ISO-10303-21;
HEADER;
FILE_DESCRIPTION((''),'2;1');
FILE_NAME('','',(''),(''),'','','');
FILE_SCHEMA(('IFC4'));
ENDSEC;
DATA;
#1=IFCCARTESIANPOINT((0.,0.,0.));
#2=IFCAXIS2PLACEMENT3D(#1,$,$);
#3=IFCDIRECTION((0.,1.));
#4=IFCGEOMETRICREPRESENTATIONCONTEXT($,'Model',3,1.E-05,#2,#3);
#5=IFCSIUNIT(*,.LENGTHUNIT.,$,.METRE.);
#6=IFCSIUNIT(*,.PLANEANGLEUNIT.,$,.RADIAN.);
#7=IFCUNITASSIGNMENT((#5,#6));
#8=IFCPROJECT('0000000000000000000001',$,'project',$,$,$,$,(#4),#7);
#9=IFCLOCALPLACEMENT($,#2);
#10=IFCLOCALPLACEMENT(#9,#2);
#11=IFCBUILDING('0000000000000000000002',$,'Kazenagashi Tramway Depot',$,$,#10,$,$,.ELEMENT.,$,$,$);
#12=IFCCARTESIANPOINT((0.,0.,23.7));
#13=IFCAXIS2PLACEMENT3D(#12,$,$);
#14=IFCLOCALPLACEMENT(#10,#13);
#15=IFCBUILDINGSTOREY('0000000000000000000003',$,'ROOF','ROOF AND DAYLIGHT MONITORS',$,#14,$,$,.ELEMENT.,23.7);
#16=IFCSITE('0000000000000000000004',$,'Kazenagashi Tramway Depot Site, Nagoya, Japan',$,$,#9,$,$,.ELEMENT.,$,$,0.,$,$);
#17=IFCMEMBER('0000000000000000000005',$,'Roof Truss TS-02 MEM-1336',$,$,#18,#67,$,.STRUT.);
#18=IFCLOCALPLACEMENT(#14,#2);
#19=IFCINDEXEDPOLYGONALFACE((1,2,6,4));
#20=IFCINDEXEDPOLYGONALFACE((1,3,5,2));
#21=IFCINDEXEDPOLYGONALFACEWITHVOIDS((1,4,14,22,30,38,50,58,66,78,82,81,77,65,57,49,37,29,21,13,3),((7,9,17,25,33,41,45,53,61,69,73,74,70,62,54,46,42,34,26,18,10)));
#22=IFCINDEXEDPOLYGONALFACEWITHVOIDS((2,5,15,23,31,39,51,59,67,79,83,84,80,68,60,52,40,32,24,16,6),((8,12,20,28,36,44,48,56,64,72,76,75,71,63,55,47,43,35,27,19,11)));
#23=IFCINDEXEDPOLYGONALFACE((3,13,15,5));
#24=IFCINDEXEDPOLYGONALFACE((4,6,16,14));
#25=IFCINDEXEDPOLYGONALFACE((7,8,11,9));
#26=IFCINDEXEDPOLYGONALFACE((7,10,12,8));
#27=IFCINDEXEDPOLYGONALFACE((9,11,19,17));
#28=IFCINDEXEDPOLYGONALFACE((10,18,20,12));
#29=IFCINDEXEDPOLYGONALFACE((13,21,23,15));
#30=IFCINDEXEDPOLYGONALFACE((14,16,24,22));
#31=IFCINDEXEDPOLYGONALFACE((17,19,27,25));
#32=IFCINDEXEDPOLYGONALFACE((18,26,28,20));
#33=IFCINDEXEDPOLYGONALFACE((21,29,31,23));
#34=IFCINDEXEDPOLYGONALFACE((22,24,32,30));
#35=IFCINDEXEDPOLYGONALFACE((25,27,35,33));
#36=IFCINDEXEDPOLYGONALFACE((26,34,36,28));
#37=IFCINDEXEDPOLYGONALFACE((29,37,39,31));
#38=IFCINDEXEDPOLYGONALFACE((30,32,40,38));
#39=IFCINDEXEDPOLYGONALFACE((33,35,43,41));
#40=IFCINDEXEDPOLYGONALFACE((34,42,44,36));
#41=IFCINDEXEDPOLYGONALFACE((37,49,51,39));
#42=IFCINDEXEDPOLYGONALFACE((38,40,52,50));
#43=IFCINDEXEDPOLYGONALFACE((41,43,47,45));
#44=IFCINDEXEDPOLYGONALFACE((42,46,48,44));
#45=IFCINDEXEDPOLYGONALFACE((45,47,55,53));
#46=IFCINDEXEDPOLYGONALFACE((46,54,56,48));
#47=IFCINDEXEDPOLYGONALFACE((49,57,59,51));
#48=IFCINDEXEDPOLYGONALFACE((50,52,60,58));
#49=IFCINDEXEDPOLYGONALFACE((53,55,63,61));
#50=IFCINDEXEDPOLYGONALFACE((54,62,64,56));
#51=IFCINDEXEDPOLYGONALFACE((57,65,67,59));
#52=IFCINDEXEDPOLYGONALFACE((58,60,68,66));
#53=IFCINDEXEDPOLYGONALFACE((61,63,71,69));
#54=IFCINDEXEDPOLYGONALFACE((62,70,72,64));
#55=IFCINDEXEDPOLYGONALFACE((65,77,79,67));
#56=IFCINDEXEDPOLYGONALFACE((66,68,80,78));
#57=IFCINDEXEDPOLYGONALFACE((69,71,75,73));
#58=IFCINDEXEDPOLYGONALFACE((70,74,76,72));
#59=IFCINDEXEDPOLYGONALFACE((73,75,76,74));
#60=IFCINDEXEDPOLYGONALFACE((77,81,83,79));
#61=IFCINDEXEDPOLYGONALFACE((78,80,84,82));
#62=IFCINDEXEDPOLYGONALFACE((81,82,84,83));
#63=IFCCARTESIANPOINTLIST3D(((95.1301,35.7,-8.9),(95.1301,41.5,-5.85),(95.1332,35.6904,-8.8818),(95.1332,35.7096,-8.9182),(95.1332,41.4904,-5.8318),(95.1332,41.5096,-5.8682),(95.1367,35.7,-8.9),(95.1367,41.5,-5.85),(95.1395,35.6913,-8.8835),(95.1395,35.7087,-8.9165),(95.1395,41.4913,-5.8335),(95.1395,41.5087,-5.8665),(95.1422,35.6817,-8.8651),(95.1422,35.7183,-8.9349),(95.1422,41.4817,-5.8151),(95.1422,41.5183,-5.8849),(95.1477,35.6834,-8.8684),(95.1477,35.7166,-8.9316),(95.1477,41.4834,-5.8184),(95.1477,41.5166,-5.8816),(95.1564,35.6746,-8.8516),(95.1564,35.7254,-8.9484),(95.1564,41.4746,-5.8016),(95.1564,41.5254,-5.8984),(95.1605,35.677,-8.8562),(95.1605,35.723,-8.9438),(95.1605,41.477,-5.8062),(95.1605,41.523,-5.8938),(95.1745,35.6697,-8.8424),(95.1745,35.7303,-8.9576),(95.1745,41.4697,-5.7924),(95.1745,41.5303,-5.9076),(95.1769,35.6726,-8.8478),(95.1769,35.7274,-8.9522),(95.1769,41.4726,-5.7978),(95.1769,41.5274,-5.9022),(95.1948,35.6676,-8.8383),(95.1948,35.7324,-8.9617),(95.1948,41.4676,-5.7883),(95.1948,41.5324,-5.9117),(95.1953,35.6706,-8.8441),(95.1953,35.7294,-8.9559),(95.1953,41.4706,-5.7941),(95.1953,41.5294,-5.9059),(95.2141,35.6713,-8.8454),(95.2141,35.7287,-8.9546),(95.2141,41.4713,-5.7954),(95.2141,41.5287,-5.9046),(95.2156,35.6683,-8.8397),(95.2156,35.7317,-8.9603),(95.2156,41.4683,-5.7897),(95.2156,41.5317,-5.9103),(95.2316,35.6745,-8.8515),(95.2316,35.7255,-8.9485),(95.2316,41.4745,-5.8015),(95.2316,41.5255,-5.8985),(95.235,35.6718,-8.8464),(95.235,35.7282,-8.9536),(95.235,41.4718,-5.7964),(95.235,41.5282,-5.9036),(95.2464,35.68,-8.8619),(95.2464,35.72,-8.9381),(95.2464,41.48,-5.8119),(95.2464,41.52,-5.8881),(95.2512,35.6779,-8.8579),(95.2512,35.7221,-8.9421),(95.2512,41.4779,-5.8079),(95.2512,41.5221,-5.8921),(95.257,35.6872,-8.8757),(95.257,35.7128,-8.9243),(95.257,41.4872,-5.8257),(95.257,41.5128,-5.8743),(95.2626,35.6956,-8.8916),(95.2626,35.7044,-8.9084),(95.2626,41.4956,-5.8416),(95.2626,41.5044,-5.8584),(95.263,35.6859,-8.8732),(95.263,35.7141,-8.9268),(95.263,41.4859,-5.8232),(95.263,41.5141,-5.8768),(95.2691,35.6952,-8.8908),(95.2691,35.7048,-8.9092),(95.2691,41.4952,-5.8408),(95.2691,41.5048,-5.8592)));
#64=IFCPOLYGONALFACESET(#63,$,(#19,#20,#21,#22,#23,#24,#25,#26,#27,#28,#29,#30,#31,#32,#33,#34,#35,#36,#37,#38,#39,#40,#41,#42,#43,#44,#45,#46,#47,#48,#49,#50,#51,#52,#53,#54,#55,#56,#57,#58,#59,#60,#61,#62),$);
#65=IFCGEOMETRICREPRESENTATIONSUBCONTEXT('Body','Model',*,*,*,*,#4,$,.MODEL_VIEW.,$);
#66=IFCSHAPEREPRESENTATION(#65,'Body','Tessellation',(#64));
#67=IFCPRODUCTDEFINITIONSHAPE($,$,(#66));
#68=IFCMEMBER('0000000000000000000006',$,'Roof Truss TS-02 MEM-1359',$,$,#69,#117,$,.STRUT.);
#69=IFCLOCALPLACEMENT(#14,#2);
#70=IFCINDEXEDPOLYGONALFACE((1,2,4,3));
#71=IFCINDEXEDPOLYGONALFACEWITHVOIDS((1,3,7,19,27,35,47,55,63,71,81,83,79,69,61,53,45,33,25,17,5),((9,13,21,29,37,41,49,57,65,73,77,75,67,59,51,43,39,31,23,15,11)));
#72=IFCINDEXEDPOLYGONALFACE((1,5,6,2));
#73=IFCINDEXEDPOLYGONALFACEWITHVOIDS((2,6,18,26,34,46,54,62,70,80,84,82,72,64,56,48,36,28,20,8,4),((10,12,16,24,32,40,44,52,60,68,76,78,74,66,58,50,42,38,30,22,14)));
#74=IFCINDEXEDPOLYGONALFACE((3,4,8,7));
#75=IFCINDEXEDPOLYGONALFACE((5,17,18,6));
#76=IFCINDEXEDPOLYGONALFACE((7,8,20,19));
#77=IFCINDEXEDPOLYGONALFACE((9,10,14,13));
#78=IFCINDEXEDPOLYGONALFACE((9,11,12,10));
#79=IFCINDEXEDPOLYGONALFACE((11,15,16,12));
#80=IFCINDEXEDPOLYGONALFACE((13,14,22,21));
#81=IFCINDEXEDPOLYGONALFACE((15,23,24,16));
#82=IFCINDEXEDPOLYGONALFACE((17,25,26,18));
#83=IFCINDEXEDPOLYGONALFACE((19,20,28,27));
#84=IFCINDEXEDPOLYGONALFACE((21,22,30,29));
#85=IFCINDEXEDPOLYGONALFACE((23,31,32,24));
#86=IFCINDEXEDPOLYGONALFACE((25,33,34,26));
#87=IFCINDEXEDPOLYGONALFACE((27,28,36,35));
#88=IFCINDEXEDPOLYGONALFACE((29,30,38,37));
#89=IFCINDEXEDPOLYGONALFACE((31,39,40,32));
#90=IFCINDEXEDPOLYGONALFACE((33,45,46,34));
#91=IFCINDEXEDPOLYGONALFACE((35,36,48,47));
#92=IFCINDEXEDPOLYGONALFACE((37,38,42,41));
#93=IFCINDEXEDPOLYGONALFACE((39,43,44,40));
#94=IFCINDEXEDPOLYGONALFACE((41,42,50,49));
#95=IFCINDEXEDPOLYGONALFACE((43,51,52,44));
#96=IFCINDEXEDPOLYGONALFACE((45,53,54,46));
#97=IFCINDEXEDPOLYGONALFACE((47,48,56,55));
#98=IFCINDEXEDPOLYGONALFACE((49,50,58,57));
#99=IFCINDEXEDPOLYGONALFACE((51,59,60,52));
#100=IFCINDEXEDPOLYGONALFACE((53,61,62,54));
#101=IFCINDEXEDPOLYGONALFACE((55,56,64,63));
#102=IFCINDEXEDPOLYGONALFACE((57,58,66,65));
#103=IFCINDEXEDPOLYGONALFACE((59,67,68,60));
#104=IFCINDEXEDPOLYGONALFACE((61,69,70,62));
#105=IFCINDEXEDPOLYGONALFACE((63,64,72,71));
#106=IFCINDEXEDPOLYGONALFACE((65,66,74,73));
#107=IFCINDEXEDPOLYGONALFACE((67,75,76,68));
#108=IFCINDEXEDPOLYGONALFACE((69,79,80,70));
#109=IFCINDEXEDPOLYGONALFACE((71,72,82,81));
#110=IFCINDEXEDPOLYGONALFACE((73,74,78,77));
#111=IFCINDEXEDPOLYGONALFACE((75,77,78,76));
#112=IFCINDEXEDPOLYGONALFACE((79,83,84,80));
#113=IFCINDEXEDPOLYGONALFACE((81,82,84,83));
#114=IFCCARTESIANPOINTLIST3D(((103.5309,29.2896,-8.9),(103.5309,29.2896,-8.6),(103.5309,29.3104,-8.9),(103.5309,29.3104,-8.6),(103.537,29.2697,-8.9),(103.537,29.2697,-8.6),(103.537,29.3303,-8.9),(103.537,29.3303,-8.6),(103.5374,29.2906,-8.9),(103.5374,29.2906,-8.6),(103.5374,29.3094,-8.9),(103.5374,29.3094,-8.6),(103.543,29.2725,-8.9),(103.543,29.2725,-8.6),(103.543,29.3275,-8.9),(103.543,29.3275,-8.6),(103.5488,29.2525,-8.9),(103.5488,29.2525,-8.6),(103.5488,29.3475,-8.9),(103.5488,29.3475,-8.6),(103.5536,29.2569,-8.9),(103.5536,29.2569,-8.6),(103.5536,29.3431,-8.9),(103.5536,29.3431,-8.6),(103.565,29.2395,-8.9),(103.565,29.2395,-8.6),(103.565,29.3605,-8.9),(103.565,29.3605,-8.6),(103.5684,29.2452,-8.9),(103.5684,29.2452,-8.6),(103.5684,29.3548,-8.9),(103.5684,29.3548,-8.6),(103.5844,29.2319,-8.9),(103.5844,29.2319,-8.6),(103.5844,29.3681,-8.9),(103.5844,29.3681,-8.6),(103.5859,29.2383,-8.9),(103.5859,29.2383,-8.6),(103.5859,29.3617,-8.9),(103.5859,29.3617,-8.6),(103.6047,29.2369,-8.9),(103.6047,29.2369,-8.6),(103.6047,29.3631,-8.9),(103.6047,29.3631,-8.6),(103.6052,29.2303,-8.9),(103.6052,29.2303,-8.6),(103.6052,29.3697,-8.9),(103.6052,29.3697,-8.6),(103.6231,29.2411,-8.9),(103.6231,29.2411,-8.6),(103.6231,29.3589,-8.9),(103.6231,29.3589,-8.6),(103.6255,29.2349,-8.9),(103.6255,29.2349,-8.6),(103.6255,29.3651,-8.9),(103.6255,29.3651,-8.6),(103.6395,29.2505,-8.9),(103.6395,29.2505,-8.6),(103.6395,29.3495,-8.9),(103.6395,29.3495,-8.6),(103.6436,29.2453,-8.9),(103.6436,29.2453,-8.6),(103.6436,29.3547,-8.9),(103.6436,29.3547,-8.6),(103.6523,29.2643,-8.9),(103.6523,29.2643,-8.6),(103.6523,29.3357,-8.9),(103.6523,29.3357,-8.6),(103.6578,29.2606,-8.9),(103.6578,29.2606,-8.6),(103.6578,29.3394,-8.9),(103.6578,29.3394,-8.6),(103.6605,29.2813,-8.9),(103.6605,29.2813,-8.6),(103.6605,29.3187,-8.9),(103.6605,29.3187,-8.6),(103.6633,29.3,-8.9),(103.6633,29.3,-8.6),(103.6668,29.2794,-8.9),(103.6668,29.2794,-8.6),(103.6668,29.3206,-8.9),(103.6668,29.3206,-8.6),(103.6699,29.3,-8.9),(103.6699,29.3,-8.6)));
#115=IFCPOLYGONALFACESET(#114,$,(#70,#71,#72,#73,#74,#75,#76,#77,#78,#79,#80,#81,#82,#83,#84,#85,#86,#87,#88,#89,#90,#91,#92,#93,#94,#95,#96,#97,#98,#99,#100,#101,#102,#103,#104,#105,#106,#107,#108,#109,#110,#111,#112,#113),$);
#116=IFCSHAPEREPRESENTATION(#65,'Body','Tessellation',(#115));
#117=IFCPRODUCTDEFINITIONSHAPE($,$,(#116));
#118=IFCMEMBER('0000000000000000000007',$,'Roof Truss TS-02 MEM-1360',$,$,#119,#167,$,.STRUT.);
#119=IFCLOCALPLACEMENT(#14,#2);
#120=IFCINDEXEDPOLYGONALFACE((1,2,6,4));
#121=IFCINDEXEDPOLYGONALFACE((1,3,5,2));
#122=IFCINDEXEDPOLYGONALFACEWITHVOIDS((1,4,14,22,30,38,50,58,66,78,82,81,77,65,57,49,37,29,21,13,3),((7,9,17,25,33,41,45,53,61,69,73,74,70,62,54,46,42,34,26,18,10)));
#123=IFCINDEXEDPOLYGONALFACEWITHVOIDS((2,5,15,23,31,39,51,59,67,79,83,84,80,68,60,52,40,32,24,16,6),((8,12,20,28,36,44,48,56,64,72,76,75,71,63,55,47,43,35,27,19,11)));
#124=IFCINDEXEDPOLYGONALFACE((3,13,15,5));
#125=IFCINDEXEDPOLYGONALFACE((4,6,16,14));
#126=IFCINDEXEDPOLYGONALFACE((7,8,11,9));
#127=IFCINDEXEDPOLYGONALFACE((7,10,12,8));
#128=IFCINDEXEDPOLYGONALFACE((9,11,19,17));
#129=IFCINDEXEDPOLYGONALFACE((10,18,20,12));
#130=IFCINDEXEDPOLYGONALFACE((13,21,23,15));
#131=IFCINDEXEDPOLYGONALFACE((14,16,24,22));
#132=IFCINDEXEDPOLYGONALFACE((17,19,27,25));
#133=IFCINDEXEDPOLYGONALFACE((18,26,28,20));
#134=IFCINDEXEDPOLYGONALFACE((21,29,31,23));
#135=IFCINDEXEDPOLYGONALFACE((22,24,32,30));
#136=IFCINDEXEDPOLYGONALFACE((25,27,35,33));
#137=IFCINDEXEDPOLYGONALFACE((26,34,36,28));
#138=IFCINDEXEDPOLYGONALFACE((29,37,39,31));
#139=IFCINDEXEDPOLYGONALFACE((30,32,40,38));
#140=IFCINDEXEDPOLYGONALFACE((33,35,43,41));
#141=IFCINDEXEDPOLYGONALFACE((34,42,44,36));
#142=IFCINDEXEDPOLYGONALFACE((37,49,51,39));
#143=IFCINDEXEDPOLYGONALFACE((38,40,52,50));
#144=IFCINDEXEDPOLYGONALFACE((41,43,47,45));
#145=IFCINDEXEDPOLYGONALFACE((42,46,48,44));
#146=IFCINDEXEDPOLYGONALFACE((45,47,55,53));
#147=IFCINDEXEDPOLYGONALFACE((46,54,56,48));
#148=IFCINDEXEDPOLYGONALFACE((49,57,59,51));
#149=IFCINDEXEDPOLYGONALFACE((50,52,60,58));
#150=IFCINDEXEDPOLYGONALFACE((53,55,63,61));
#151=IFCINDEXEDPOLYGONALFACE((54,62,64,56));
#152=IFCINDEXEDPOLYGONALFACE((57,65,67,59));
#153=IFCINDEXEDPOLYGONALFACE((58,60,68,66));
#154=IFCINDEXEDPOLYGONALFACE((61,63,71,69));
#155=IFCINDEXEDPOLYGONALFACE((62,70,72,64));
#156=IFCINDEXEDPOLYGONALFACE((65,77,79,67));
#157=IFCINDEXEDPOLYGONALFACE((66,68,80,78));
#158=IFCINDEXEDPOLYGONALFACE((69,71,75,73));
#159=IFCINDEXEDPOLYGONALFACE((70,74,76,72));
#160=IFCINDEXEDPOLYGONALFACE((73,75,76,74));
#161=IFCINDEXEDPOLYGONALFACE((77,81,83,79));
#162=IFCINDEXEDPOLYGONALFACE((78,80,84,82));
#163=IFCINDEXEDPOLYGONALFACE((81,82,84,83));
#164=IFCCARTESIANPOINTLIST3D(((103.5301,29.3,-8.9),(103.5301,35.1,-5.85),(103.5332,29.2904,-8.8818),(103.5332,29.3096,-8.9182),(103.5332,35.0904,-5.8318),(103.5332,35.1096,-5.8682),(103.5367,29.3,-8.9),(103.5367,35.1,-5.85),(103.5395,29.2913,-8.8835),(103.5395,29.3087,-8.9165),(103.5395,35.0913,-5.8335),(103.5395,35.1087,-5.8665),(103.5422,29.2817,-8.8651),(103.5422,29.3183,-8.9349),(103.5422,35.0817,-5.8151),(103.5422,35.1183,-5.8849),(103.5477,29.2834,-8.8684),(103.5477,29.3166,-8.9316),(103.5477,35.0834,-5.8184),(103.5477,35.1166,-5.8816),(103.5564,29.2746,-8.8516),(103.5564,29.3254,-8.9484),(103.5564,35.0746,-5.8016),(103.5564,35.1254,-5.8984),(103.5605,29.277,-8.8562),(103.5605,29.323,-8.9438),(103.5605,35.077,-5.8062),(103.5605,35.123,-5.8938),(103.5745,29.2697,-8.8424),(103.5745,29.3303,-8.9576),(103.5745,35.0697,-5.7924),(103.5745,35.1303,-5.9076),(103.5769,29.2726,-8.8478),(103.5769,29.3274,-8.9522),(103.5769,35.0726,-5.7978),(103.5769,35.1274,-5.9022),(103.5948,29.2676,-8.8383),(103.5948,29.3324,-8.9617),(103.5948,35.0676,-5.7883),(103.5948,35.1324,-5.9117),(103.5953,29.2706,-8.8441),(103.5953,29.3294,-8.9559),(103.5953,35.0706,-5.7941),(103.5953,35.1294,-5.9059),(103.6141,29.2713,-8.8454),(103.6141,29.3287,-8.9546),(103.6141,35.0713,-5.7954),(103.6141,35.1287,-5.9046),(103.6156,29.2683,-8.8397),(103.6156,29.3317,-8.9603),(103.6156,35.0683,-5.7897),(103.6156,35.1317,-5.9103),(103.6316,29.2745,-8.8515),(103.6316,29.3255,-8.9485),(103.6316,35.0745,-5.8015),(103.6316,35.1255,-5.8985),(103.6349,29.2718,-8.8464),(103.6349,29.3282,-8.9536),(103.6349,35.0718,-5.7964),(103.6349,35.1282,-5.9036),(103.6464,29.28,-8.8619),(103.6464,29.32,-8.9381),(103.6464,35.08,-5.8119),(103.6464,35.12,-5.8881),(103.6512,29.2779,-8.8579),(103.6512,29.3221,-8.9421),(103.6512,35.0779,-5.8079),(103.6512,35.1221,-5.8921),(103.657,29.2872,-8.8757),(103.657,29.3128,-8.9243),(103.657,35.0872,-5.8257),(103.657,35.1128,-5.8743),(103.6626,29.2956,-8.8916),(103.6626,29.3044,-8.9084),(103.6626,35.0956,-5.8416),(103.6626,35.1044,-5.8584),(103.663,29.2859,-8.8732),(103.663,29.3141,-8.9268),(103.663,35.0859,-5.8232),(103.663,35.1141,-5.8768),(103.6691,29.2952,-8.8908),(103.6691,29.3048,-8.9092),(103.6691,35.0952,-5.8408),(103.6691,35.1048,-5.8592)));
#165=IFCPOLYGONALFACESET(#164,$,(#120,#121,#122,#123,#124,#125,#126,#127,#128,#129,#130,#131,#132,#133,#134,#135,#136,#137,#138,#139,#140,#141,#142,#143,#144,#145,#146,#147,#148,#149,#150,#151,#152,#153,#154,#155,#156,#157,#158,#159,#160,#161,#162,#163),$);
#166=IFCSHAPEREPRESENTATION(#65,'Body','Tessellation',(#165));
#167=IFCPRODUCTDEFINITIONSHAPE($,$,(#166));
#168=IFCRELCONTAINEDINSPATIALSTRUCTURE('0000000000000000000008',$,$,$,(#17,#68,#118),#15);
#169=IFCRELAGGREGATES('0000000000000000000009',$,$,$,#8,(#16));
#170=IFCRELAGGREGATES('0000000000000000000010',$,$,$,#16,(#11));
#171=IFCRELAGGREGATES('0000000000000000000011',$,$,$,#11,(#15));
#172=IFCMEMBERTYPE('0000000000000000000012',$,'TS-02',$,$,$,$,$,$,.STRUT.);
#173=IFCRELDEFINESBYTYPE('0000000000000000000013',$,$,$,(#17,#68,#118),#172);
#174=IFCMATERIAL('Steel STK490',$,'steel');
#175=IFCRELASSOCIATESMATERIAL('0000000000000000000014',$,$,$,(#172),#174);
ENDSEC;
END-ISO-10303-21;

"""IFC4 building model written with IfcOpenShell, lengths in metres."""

from ifc_helpers import new_model, si_unit, direction, frame, origin, origin_2d, place, context, subcontext, project, spatial, hollow_circle, extrude, material, material_profile, profile_set, type_object, element, save


model = new_model("IFC4")

# Units and contexts
model_context = context("Model", 3, precision=1e-05, world=origin(), true_north=direction((0.0, 1.0)))
body_context = subcontext(model_context, "Body", "Model", "MODEL_VIEW")
ifc_project = project(units=[si_unit("LENGTHUNIT", "METRE"), si_unit("PLANEANGLEUNIT", "RADIAN")], contexts=[model_context])

# Site, building, storey
site_placement = place(None, origin())
site = spatial("IfcSite", under=ifc_project, at=site_placement, Name="Kazenagashi Tramway Depot Site, Nagoya, Japan", CompositionType="ELEMENT", RefElevation=0.0)
building_placement = place(site_placement, origin())
building = spatial("IfcBuilding", under=site, at=building_placement, Name="Kazenagashi Tramway Depot", CompositionType="ELEMENT")
storey_placement = place(building_placement, frame((0.0, 0.0, 23.7)))
storey = spatial("IfcBuildingStorey", under=building, at=storey_placement, Name="ROOF", Description="ROOF AND DAYLIGHT MONITORS", CompositionType="ELEMENT", Elevation=23.7)

# Members
ifc_material_1 = material(Name="Steel STK490", Category="steel")
ifc_material_profile_1 = material_profile(ifc_material_1, hollow_circle(Radius=0.0699, WallThickness=0.0066, at=origin_2d()), Name="CHS-139.8x6.6")
ifc_profile_set_1 = profile_set([ifc_material_profile_1], Name="Steel STK490")
member_type_1 = type_object("IfcMemberType", Name="TS-02", PredefinedType="STRUT", material=ifc_profile_set_1)
member_1_placement = place(storey_placement, frame((95.2, 35.7, -8.9), z_axis=(0.0, 0.885084, 0.465432), x_axis=(-1.0, 0.0, 0.0)))
element("IfcMember", 1, at=member_1_placement, inside=storey, type_object=member_type_1, Name="Roof Truss TS-02 MEM-1336", PredefinedType="STRUT", context=body_context, shape_type="SweptSolid", body=[
    extrude(hollow_circle(Radius=0.0699, WallThickness=0.0066, at=origin_2d()), origin(), (0.0, 0.0, 1.0), 6.5531),
])
member_2_placement = place(storey_placement, frame((103.6, 29.3, -8.9), z_axis=(0.0, 0.0, 1.0), x_axis=(1.0, 0.0, 0.0)))
element("IfcMember", 2, at=member_2_placement, inside=storey, type_object=member_type_1, Name="Roof Truss TS-02 MEM-1359", PredefinedType="STRUT", context=body_context, shape_type="SweptSolid", body=[
    extrude(hollow_circle(Radius=0.0699, WallThickness=0.0066, at=origin_2d()), origin(), (0.0, 0.0, 1.0), 0.3),
])
member_3_placement = place(storey_placement, frame((103.6, 29.3, -8.9), z_axis=(0.0, 0.885084, 0.465432), x_axis=(-1.0, 0.0, 0.0)))
element("IfcMember", 3, at=member_3_placement, inside=storey, type_object=member_type_1, Name="Roof Truss TS-02 MEM-1360", PredefinedType="STRUT", context=body_context, shape_type="SweptSolid", body=[
    extrude(hollow_circle(Radius=0.0699, WallThickness=0.0066, at=origin_2d()), origin(), (0.0, 0.0, 1.0), 6.5531),
])

save(model, "model.ifc")
